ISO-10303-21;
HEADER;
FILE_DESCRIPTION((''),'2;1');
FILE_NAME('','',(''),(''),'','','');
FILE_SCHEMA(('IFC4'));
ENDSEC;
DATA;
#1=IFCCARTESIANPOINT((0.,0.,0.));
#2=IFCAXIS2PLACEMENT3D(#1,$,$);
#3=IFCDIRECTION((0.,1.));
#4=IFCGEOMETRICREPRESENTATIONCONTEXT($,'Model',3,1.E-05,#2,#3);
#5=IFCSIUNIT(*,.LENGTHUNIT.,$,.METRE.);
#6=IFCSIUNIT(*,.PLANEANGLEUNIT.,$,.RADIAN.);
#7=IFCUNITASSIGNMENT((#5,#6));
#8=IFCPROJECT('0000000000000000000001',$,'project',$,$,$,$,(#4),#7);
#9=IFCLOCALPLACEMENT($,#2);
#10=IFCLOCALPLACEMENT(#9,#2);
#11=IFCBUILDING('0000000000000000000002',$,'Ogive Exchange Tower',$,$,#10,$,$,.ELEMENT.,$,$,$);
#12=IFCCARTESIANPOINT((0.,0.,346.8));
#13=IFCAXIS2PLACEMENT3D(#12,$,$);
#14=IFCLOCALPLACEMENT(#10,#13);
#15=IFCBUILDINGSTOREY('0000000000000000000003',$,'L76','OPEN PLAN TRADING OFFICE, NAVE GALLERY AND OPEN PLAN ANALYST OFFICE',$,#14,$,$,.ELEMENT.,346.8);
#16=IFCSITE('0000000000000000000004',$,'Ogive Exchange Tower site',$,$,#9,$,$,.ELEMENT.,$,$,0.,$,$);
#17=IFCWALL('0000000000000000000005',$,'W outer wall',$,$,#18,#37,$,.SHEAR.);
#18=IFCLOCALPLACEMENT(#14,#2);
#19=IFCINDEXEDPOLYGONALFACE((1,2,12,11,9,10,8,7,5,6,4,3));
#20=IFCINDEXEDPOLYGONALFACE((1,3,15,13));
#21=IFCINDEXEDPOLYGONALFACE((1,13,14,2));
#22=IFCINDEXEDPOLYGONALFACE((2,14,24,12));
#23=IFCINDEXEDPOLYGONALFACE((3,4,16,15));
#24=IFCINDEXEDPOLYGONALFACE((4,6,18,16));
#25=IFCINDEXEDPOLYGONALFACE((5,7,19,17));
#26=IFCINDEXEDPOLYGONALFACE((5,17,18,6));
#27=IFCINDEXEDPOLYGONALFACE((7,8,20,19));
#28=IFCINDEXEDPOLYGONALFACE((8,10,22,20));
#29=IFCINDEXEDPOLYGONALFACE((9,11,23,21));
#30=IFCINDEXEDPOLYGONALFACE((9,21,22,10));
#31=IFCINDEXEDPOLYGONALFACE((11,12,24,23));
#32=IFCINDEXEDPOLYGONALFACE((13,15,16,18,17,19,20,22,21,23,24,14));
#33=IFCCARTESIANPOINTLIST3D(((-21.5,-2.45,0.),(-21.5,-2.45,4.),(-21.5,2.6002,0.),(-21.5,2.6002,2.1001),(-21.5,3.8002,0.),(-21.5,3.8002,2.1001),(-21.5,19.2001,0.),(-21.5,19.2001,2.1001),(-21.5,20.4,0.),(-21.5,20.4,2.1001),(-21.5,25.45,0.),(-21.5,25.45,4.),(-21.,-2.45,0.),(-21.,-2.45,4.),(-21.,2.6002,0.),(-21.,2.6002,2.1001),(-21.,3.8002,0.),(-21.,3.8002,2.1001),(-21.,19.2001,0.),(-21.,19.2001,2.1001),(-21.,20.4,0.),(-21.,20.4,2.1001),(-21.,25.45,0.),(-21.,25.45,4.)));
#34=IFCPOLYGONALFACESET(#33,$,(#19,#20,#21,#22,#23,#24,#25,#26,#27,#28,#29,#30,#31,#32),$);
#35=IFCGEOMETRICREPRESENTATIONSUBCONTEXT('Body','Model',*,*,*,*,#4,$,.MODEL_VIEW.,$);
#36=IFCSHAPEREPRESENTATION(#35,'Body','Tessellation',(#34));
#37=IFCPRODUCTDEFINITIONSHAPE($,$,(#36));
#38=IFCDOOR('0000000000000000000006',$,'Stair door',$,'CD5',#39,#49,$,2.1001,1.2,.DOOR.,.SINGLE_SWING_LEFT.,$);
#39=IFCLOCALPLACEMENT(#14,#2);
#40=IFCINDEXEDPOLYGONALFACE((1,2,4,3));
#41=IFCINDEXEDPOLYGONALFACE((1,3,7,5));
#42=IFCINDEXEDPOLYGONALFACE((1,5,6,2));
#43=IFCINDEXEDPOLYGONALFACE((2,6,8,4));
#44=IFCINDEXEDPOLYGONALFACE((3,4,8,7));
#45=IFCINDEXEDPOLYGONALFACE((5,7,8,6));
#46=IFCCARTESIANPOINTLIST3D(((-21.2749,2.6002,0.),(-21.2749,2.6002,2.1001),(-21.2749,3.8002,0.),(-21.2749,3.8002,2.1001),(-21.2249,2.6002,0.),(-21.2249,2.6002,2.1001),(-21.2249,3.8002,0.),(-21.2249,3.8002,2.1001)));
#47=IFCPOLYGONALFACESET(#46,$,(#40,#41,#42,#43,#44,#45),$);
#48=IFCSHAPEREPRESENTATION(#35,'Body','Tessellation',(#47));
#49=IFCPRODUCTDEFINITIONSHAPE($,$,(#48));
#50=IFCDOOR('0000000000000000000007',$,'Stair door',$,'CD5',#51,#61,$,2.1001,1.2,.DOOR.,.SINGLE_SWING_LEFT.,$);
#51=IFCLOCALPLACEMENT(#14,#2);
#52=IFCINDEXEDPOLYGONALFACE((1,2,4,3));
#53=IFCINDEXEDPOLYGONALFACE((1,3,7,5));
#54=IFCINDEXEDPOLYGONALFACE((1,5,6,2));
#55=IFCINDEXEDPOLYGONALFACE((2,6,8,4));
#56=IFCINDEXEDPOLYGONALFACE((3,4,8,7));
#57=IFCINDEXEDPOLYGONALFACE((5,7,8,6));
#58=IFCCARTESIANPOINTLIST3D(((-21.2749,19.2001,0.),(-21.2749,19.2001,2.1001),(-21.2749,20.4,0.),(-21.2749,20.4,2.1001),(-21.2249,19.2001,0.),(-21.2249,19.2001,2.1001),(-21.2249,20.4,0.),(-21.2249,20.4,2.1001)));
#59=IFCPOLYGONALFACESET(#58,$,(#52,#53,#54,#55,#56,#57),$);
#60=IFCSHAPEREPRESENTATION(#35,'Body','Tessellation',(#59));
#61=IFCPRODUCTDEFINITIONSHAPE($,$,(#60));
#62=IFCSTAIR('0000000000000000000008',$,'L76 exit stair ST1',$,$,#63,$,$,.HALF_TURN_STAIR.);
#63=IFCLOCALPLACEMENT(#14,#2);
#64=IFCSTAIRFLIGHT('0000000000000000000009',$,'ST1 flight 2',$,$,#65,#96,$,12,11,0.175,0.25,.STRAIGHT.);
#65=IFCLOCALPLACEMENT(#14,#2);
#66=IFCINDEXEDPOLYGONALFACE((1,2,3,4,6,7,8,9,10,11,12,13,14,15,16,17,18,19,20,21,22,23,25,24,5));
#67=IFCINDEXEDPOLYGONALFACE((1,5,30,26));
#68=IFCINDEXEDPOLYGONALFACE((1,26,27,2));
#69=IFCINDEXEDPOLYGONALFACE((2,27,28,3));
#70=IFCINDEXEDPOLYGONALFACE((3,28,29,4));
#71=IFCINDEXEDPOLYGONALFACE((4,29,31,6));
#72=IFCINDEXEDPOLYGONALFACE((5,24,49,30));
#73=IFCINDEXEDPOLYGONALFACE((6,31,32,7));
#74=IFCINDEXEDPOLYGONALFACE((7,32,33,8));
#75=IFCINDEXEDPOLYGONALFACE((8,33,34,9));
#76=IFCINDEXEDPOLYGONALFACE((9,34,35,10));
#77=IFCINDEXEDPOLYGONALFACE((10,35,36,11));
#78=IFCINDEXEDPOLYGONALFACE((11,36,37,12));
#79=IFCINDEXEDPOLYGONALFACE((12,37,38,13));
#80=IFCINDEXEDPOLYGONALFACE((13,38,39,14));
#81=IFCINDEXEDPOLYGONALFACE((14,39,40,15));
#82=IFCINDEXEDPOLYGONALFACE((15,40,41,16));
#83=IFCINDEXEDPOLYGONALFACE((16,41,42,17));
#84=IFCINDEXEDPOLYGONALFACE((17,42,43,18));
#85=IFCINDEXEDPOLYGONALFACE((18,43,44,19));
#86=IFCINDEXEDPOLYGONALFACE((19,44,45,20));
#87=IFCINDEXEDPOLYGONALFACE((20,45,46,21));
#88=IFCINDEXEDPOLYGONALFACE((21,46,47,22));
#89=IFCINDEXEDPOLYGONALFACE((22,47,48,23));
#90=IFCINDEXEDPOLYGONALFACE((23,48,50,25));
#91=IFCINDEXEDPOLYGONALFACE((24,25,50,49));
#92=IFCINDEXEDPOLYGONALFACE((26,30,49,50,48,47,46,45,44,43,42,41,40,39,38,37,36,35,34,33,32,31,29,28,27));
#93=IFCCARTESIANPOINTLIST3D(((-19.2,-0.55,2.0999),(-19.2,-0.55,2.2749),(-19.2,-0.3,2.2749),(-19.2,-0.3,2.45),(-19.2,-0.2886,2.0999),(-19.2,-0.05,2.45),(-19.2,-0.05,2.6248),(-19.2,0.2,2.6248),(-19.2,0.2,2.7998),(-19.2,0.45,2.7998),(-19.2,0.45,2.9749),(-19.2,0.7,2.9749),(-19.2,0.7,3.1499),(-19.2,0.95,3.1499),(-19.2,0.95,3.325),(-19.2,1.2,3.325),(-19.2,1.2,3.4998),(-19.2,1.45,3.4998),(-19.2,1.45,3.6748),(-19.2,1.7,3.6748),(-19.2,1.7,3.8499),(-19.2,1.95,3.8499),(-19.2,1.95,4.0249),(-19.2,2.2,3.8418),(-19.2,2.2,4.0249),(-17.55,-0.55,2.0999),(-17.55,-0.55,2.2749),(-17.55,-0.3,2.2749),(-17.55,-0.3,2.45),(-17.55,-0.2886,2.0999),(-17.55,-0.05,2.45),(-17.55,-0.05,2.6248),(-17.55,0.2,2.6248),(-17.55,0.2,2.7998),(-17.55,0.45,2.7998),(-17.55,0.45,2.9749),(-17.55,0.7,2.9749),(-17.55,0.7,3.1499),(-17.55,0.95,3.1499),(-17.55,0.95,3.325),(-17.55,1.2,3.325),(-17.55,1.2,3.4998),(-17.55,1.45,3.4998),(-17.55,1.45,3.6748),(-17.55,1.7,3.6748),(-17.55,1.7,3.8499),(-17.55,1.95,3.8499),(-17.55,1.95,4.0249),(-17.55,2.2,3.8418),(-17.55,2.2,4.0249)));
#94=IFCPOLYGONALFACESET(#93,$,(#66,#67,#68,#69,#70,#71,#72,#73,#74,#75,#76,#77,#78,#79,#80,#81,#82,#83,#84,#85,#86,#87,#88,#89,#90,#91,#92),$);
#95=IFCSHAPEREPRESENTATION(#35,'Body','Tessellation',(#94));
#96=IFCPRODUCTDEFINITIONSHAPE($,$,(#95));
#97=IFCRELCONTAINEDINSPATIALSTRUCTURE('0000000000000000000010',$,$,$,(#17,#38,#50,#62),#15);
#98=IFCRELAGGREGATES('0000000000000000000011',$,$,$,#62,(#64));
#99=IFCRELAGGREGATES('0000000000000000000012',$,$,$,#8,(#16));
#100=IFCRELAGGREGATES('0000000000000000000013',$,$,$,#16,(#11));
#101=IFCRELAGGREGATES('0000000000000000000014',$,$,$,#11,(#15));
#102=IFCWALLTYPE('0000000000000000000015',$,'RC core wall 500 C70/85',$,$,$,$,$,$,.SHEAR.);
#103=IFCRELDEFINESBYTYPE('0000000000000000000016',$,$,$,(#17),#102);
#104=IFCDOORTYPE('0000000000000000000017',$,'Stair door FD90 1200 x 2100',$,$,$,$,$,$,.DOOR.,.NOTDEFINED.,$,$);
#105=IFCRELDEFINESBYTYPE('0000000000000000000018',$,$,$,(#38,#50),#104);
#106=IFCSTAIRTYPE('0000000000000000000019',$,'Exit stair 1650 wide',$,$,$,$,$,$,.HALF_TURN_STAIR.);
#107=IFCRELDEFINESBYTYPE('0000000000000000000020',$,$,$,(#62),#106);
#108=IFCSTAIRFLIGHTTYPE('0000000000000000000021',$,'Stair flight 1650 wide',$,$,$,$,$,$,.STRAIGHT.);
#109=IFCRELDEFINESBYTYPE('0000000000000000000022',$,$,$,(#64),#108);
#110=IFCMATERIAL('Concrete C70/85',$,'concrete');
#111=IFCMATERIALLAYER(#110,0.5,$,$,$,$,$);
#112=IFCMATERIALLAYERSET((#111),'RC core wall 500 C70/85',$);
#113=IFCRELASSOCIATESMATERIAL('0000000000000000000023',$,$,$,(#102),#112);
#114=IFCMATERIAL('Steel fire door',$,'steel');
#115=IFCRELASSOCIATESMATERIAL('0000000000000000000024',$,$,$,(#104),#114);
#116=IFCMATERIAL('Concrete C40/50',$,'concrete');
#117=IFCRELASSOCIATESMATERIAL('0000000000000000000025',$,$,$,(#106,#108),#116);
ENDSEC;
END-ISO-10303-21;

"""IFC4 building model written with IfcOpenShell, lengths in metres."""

from ifc_helpers import new_model, si_unit, direction, frame, frame_2d, origin, place, context, subcontext, project, spatial, polyline, rectangle, outline, extrude, material, layer, layer_set, type_object, element, fill, aggregate, save


model = new_model("IFC4")

# Units and contexts
model_context = context("Model", 3, precision=1e-05, world=origin(), true_north=direction((0.0, 1.0)))
body_context = subcontext(model_context, "Body", "Model", "MODEL_VIEW")
ifc_project = project(units=[si_unit("LENGTHUNIT", "METRE"), si_unit("PLANEANGLEUNIT", "RADIAN")], contexts=[model_context])

# Site, building, storey
site_placement = place(None, origin())
site = spatial("IfcSite", under=ifc_project, at=site_placement, Name="Ogive Exchange Tower site", CompositionType="ELEMENT", RefElevation=0.0)
building_placement = place(site_placement, origin())
building = spatial("IfcBuilding", under=site, at=building_placement, Name="Ogive Exchange Tower", CompositionType="ELEMENT")
storey_placement = place(building_placement, frame((0.0, 0.0, 346.8)))
storey = spatial("IfcBuildingStorey", under=building, at=storey_placement, Name="L76", Description="OPEN PLAN TRADING OFFICE, NAVE GALLERY AND OPEN PLAN ANALYST OFFICE", CompositionType="ELEMENT", Elevation=346.8)

# Shared definitions
ifc_material_1 = material(Name="Concrete C70/85", Category="concrete")

# Wall, openings, doors
ifc_layer_1 = layer(ifc_material_1, 0.5)
ifc_layer_set_1 = layer_set([ifc_layer_1], Name="RC core wall 500 C70/85")
wall_type_1 = type_object("IfcWallType", Name="RC core wall 500 C70/85", PredefinedType="SHEAR", material=ifc_layer_set_1)
wall_1_placement = place(storey_placement, frame((-21.25, -2.45, 0.0), z_axis=(0.0, 0.0, 1.0), x_axis=(0.0, 1.0, 0.0)))
wall_1 = element("IfcWall", 1, at=wall_1_placement, inside=storey, type_object=wall_type_1, Name="W outer wall", PredefinedType="SHEAR", context=body_context, shape_type="SweptSolid", body=[
    extrude(rectangle(XDim=27.8999, YDim=0.5, at=frame_2d((13.95, 0.0))), origin(), (0.0, 0.0, 1.0), 4.0),
])
opening_1_placement = place(wall_1_placement, frame((5.05, 0.0, 0.0)))
opening_1 = element("IfcOpeningElement", 2, at=opening_1_placement, cuts=wall_1, PredefinedType="OPENING", context=body_context, shape_type="SweptSolid", body=[
    extrude(rectangle(XDim=1.2, YDim=2.1001, at=frame_2d((0.6001, 1.05))), frame((0.0, 0.26, 0.0), z_axis=(0.0, -1.0, 0.0), x_axis=(1.0, 0.0, 0.0)), (0.0, 0.0, 1.0), 0.52),
])
opening_2_placement = place(wall_1_placement, frame((21.6499, 0.0, 0.0)))
opening_2 = element("IfcOpeningElement", 3, at=opening_2_placement, cuts=wall_1, PredefinedType="OPENING", context=body_context, shape_type="SweptSolid", body=[
    extrude(rectangle(XDim=1.2, YDim=2.1001, at=frame_2d((0.6001, 1.05))), frame((0.0, 0.26, 0.0), z_axis=(0.0, -1.0, 0.0), x_axis=(1.0, 0.0, 0.0)), (0.0, 0.0, 1.0), 0.52),
])
ifc_material_2 = material(Name="Steel fire door", Category="steel")
door_type_1 = type_object("IfcDoorType", Name="Stair door FD90 1200 x 2100", OperationType="NOTDEFINED", PredefinedType="DOOR", material=ifc_material_2)
door_1_placement = place(opening_1_placement, origin())
door_1 = element("IfcDoor", 4, at=door_1_placement, inside=storey, type_object=door_type_1, Name="Stair door", ObjectType="CD5", OperationType="SINGLE_SWING_LEFT", OverallHeight=2.1001, OverallWidth=1.2, PredefinedType="DOOR", context=body_context, shape_type="SweptSolid", body=[
    extrude(rectangle(XDim=1.2, YDim=2.1001, at=frame_2d((0.6001, 1.05))), frame((0.0, 0.0249, 0.0), z_axis=(0.0, -1.0, 0.0), x_axis=(1.0, 0.0, 0.0)), (0.0, 0.0, 1.0), 0.05),
])
fill(opening_1, door_1)
door_2_placement = place(opening_2_placement, origin())
door_2 = element("IfcDoor", 5, at=door_2_placement, inside=storey, type_object=door_type_1, Name="Stair door", ObjectType="CD5", OperationType="SINGLE_SWING_LEFT", OverallHeight=2.1001, OverallWidth=1.2, PredefinedType="DOOR", context=body_context, shape_type="SweptSolid", body=[
    extrude(rectangle(XDim=1.2, YDim=2.1001, at=frame_2d((0.6001, 1.05))), frame((0.0, 0.0249, 0.0), z_axis=(0.0, -1.0, 0.0), x_axis=(1.0, 0.0, 0.0)), (0.0, 0.0, 1.0), 0.05),
])
fill(opening_2, door_2)

# Stair, stair flight
ifc_material_3 = material(Name="Concrete C40/50", Category="concrete")
stair_type = type_object("IfcStairType", Name="Exit stair 1650 wide", PredefinedType="HALF_TURN_STAIR", material=ifc_material_3)
stair_placement = place(storey_placement, origin())
stair = element("IfcStair", 6, at=stair_placement, inside=storey, type_object=stair_type, Name="L76 exit stair ST1", PredefinedType="HALF_TURN_STAIR")
stair_flight_type = type_object("IfcStairFlightType", Name="Stair flight 1650 wide", PredefinedType="STRAIGHT", material=ifc_material_3)
stair_flight_placement = place(storey_placement, frame((-18.375, -0.55, 2.0999), z_axis=(0.0, 0.0, 1.0), x_axis=(0.0, 1.0, 0.0)))
stair_flight = element("IfcStairFlight", 7, at=stair_flight_placement, type_object=stair_flight_type, Name="ST1 flight 2", NumberOfRisers=12, NumberOfTreads=11, PredefinedType="STRAIGHT", RiserHeight=0.175, TreadLength=0.25, context=body_context, shape_type="SweptSolid", body=[
    extrude(outline(polyline([(0.0, 0.0), (0.0, 0.175), (0.25, 0.175), (0.25, 0.3501), (0.5, 0.3501), (0.5, 0.5249), (0.75, 0.5249), (0.75, 0.7), (1.0, 0.7), (1.0, 0.875), (1.25, 0.875), (1.25, 1.05), (1.5, 1.05), (1.5, 1.2251), (1.75, 1.2251), (1.75, 1.3999), (2.0, 1.3999), (2.0, 1.575), (2.25, 1.575), (2.25, 1.75), (2.5, 1.75), (2.5, 1.925), (2.75, 1.925), (2.75, 2.1001), (2.75, 1.7419), (0.2615, 0.0), (0.0, 0.0)])), frame((0.0, 0.825, 0.0), z_axis=(0.0, -1.0, 0.0), x_axis=(1.0, 0.0, 0.0)), (0.0, 0.0, 1.0), 1.6499),
])
aggregate(stair, [stair_flight])

save(model, "model.ifc")
